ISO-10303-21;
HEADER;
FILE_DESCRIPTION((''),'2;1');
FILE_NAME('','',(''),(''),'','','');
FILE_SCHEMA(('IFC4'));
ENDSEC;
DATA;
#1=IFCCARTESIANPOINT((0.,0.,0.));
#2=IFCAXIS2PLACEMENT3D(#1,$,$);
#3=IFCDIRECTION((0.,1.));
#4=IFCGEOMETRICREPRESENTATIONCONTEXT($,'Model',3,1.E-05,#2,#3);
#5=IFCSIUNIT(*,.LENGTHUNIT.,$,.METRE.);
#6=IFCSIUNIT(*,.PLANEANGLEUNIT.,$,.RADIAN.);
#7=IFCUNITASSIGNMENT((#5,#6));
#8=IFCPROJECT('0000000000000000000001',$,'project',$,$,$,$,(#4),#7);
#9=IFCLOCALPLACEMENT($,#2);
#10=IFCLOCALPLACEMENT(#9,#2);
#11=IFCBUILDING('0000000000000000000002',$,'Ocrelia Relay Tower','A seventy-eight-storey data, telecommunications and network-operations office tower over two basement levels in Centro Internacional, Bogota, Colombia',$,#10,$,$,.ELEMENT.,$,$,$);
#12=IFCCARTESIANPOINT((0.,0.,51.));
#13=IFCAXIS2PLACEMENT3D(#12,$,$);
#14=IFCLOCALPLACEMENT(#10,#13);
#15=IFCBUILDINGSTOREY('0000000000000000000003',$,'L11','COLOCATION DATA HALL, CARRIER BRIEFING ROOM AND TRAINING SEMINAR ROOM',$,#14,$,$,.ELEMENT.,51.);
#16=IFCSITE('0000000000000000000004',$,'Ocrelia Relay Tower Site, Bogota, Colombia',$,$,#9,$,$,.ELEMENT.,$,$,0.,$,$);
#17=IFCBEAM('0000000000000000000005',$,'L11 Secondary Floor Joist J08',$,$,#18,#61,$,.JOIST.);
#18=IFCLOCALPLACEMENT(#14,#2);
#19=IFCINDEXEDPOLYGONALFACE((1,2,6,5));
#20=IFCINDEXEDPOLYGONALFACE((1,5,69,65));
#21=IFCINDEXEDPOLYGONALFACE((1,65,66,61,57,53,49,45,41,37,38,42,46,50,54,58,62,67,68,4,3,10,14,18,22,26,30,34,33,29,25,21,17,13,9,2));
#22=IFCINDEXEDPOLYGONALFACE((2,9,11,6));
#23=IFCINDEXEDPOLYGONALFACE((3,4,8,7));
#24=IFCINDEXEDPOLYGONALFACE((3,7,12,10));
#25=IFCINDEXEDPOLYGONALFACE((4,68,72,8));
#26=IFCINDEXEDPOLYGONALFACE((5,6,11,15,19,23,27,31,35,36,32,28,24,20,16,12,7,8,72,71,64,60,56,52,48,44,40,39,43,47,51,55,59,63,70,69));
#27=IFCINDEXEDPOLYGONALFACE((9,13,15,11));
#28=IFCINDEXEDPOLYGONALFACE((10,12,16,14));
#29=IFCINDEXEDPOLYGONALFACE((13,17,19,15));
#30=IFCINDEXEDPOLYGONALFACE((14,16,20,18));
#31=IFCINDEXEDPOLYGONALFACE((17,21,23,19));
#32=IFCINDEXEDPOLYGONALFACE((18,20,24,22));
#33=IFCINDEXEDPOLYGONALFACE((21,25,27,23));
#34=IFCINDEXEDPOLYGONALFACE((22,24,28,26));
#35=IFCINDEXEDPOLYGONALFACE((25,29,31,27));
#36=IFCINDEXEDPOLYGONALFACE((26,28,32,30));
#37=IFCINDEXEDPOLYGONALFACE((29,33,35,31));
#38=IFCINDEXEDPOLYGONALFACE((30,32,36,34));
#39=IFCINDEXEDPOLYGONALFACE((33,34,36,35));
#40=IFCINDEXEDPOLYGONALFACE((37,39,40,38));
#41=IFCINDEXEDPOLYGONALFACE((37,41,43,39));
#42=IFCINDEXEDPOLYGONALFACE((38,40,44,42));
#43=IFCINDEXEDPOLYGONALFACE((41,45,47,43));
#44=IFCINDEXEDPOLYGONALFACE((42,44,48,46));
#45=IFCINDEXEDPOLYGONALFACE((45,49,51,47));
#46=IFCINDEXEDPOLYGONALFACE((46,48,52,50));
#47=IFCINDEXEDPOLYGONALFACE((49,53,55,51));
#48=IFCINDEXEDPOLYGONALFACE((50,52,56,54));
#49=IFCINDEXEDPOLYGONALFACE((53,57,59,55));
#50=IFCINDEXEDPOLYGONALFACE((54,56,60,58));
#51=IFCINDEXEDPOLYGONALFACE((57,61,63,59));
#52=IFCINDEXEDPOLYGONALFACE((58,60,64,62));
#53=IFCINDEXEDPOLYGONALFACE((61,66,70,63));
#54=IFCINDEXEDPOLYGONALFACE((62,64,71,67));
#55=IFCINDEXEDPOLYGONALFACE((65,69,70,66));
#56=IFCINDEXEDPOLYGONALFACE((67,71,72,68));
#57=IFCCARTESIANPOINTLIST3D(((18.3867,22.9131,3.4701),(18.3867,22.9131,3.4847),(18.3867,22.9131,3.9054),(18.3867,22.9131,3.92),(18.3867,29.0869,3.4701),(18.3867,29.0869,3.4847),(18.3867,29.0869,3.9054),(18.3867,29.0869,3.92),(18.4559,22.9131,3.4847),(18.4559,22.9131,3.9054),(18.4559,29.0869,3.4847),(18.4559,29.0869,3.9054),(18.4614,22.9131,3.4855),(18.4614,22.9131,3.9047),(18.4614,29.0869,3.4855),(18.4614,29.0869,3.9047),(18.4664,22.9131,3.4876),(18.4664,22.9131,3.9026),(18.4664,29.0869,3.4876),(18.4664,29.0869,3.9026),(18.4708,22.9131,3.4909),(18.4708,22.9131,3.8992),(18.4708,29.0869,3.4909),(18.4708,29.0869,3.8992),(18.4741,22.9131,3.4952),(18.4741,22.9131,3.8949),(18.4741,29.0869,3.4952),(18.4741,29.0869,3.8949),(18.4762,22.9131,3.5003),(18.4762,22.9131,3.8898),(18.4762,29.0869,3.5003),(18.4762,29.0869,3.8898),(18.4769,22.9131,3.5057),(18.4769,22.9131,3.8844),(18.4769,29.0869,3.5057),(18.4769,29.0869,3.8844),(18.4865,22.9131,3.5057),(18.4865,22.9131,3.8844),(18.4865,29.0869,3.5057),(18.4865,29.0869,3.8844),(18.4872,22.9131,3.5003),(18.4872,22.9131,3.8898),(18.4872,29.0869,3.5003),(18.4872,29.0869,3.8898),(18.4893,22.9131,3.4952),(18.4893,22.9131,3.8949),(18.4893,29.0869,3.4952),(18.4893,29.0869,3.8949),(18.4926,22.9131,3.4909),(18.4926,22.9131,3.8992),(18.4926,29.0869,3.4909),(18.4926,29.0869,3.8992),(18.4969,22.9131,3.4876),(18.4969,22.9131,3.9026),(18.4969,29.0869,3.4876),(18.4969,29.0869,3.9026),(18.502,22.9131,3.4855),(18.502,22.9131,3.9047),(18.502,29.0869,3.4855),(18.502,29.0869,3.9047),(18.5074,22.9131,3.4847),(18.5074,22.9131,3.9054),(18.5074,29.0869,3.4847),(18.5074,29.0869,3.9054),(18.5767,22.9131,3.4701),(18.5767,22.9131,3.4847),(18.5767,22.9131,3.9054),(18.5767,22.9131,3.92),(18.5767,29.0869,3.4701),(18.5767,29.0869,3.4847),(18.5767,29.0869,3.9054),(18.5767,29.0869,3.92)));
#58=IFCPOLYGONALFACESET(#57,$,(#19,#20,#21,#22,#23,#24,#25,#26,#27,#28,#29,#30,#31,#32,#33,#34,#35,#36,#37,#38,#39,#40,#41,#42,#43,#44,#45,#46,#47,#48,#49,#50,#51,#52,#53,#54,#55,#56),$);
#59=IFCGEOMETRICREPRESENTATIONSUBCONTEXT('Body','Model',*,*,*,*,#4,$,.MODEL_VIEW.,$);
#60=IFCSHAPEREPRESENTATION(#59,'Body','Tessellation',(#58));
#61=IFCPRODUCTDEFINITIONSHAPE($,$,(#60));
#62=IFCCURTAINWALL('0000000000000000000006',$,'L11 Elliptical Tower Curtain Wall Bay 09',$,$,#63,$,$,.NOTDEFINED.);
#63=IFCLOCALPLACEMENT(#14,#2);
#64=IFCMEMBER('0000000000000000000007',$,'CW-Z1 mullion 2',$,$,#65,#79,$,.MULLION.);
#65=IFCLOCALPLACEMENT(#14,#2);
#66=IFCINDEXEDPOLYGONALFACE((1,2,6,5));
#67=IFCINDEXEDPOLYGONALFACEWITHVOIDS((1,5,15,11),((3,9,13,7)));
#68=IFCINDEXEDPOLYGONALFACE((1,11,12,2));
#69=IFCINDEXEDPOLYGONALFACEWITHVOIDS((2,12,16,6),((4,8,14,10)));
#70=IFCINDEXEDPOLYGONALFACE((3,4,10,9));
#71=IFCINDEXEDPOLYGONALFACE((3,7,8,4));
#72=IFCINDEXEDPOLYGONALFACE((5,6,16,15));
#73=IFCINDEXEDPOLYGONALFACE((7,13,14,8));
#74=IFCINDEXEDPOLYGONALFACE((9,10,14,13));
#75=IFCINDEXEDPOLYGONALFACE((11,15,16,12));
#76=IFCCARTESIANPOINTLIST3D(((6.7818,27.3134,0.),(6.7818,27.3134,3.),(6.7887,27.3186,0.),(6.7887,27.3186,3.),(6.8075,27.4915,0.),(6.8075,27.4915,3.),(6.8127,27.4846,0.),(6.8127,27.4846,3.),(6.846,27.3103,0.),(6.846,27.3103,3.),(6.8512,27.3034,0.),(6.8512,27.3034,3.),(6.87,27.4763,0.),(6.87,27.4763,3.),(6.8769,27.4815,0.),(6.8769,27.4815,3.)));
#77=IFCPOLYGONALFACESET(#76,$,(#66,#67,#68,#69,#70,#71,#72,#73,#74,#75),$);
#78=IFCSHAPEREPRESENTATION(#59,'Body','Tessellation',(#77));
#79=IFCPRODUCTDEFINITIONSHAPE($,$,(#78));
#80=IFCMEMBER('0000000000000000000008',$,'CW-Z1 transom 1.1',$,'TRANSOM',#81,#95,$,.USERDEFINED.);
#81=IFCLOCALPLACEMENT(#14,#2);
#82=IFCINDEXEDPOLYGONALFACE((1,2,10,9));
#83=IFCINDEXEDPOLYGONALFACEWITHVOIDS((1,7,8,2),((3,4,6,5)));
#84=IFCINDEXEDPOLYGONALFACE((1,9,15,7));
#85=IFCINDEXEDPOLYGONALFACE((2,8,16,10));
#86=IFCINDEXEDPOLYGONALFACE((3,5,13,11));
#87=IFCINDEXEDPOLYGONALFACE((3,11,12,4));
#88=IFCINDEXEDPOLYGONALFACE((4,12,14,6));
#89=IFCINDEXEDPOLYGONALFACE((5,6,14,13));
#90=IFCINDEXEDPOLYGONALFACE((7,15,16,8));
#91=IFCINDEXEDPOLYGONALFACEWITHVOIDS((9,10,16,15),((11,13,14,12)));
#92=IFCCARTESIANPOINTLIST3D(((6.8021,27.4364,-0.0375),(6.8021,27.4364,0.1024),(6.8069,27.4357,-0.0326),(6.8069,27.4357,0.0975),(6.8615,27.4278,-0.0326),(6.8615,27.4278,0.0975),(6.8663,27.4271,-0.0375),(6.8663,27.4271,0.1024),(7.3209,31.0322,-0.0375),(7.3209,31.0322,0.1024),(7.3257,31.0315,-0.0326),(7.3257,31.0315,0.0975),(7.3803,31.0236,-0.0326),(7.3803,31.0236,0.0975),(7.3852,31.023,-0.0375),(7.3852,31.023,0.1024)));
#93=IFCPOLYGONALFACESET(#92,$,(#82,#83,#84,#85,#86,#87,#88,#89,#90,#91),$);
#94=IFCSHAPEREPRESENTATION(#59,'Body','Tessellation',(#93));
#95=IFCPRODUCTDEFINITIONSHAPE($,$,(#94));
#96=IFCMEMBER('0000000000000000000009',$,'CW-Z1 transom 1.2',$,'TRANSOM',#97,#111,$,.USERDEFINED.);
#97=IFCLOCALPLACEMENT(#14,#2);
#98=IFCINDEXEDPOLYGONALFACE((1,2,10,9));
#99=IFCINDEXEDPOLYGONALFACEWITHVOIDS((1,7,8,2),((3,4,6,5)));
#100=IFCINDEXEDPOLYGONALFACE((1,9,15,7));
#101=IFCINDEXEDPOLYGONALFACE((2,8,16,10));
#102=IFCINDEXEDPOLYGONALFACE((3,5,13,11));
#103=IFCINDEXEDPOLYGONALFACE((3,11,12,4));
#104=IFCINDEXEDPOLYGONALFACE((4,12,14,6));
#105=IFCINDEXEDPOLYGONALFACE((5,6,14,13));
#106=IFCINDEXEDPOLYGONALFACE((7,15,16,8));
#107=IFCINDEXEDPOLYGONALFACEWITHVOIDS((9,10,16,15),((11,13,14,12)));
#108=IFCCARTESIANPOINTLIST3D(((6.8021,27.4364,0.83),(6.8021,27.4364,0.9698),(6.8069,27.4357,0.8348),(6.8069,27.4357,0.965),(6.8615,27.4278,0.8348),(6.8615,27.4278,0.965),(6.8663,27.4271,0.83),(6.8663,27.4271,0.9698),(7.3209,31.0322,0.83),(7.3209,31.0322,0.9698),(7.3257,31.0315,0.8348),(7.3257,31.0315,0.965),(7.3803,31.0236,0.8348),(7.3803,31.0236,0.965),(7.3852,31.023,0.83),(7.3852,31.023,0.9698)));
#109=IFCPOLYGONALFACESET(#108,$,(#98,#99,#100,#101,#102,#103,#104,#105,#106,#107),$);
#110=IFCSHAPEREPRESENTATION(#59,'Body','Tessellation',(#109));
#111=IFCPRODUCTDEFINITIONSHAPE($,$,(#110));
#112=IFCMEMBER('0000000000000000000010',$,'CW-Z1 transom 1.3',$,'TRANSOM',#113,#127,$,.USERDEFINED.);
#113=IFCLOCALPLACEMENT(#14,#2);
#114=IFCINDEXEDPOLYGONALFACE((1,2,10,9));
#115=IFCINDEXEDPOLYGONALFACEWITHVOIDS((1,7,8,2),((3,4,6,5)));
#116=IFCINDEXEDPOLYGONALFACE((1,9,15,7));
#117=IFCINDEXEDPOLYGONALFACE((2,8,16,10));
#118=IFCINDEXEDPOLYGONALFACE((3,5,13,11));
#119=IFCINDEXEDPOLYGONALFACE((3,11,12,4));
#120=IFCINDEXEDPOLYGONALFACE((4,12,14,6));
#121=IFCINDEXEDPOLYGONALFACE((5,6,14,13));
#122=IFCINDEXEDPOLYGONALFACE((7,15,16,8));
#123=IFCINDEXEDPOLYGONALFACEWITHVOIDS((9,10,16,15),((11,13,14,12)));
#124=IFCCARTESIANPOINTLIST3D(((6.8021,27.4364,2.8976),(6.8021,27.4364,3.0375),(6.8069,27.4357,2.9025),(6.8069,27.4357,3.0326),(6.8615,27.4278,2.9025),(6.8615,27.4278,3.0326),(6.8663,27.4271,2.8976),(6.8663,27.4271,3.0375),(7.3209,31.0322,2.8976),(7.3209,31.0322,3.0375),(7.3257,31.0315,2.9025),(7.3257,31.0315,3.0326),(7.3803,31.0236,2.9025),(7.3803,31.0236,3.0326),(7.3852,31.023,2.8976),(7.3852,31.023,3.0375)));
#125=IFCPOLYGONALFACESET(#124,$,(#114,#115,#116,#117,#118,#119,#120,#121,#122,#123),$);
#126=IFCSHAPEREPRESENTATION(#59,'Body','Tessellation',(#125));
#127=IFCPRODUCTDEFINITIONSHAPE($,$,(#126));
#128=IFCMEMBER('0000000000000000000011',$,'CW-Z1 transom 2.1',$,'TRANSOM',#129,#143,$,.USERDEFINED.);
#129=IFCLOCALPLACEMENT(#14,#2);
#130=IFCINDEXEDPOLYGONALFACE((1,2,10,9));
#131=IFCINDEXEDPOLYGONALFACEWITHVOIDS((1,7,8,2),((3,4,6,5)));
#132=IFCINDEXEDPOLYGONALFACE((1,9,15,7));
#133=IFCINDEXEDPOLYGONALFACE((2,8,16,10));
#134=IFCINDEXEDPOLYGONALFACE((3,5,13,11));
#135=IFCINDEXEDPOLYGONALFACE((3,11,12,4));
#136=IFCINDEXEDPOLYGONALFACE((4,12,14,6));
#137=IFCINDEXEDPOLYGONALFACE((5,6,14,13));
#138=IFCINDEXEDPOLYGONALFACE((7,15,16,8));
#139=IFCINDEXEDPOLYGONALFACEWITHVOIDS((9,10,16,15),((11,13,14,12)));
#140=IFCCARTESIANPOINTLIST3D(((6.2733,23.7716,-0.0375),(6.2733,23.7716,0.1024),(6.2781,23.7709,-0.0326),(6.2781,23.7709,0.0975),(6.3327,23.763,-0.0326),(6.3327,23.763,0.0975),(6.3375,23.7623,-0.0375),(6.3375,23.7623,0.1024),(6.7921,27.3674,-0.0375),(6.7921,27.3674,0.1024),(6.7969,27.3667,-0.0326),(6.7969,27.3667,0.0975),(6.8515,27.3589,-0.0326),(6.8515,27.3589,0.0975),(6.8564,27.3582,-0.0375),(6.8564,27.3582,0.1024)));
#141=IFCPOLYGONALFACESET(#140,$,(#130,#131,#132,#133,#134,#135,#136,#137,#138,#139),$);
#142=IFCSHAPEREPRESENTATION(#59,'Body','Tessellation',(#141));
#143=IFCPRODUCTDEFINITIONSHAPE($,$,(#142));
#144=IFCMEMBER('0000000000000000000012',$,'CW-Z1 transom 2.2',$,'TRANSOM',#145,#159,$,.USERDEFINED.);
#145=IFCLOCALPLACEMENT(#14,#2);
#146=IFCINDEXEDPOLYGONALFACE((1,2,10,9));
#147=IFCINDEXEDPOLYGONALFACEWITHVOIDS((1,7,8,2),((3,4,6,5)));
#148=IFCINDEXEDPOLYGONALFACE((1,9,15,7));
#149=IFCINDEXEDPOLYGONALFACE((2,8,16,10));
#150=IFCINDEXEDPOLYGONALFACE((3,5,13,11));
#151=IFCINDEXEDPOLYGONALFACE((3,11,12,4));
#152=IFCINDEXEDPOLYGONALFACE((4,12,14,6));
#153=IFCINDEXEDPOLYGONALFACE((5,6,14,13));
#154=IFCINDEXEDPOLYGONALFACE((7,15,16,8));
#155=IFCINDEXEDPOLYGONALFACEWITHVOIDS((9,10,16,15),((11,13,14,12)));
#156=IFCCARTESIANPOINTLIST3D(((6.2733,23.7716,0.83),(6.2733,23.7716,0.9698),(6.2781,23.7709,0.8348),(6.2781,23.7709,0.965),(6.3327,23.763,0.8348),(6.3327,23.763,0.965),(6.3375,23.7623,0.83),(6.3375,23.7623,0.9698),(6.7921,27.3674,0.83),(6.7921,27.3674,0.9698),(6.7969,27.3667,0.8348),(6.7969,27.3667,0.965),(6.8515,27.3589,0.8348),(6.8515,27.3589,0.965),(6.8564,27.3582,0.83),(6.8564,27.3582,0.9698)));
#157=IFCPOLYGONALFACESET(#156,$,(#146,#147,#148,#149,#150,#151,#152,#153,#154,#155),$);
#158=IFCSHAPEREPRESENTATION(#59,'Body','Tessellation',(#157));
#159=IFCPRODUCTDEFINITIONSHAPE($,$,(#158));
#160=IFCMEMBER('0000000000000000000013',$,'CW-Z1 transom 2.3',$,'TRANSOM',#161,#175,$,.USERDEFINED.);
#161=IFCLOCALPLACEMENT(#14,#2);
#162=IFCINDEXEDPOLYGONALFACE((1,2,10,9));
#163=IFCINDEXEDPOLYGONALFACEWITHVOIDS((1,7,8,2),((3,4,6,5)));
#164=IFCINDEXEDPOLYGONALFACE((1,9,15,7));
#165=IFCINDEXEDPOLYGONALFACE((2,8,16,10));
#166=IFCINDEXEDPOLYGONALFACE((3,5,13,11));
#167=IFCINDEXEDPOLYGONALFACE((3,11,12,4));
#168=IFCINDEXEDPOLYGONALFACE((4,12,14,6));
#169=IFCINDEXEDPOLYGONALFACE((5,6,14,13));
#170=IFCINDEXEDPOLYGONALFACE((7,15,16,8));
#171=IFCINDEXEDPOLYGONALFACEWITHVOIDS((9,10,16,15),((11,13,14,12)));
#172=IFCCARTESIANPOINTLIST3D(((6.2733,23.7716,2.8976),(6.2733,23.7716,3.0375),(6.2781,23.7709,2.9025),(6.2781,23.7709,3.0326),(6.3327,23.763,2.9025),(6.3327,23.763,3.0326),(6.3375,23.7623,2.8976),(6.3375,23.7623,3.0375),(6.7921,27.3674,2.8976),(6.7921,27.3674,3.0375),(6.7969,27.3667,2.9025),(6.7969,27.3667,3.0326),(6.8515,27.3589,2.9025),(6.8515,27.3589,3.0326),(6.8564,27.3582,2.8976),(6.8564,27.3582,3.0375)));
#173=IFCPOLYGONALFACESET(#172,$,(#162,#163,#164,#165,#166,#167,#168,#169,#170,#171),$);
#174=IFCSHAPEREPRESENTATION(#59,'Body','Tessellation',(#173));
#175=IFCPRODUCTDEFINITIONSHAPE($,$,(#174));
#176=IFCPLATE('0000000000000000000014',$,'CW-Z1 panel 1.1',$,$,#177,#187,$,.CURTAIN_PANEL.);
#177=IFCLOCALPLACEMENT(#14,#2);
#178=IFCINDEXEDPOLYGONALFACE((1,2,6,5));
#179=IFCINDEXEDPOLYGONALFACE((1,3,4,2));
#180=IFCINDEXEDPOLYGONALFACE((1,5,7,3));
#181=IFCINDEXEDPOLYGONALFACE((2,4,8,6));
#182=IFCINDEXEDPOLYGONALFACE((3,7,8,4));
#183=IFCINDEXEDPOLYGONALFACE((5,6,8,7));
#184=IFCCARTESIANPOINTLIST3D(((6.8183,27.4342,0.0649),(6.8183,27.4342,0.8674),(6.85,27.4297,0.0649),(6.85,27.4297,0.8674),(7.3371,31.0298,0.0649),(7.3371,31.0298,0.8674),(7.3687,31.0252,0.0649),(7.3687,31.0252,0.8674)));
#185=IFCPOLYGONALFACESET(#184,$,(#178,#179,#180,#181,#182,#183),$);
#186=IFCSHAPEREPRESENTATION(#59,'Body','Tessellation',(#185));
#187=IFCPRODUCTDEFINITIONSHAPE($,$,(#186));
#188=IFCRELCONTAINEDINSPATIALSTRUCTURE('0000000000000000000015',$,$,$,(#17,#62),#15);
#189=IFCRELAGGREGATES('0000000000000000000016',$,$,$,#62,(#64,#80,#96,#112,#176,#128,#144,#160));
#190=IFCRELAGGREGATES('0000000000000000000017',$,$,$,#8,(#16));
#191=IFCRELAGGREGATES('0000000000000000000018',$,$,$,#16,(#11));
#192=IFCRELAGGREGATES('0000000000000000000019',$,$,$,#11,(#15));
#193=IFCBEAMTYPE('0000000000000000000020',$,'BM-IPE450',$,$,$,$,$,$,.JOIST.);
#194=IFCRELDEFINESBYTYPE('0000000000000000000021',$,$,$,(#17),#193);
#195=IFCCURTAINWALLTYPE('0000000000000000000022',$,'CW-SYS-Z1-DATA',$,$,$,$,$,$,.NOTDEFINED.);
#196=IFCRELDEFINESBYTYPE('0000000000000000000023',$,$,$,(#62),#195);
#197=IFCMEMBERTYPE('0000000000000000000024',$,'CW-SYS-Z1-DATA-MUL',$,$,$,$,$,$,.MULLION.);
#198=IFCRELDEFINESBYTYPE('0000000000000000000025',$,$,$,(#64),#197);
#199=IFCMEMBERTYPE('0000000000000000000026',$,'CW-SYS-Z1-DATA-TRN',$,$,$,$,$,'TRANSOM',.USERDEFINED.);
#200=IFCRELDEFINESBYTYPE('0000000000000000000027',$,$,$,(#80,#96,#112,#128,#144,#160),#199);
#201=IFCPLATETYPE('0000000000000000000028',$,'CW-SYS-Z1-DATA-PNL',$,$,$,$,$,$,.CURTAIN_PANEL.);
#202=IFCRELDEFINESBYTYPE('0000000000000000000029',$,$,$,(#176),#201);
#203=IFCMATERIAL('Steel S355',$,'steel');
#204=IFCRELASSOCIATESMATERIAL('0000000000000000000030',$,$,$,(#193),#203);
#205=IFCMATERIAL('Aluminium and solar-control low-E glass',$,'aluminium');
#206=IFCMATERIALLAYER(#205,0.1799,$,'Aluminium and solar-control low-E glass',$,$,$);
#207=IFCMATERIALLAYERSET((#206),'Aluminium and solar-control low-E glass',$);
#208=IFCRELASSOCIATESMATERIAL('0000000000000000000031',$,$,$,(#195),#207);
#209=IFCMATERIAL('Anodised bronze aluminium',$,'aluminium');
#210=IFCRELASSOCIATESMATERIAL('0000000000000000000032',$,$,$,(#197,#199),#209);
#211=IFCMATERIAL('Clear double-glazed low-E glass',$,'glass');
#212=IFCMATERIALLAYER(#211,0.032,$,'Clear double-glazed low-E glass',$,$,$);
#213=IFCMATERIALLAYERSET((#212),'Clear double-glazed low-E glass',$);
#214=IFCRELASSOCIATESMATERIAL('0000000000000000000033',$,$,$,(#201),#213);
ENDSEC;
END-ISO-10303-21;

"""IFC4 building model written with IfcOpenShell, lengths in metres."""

from ifc_helpers import new_model, si_unit, direction, frame, origin, origin_2d, place, context, subcontext, project, spatial, rectangle, hollow_rectangle, i_section, extrude, material, layer, layer_set, material_profile, profile_set, type_object, element, aggregate, save


model = new_model("IFC4")

# Units and contexts
model_context = context("Model", 3, precision=1e-05, world=origin(), true_north=direction((0.0, 1.0)))
body_context = subcontext(model_context, "Body", "Model", "MODEL_VIEW")
ifc_project = project(units=[si_unit("LENGTHUNIT", "METRE"), si_unit("PLANEANGLEUNIT", "RADIAN")], contexts=[model_context])

# Site, building, storey
site_placement = place(None, origin())
site = spatial("IfcSite", under=ifc_project, at=site_placement, Name="Ocrelia Relay Tower Site, Bogota, Colombia", CompositionType="ELEMENT", RefElevation=0.0)
building_placement = place(site_placement, origin())
building = spatial("IfcBuilding", under=site, at=building_placement, Name="Ocrelia Relay Tower", Description="A seventy-eight-storey data, telecommunications and network-operations office tower over two basement levels in Centro Internacional, Bogota, Colombia", CompositionType="ELEMENT")
storey_placement = place(building_placement, frame((0.0, 0.0, 51.0)))
storey = spatial("IfcBuildingStorey", under=building, at=storey_placement, Name="L11", Description="COLOCATION DATA HALL, CARRIER BRIEFING ROOM AND TRAINING SEMINAR ROOM", CompositionType="ELEMENT", Elevation=51.0)

# Beam
ifc_material_1 = material(Name="Steel S355", Category="steel")
ifc_material_profile_1 = material_profile(ifc_material_1, i_section(OverallWidth=0.1899, OverallDepth=0.45, WebThickness=0.0095, FlangeThickness=0.0146, FilletRadius=0.021, at=origin_2d()), Name="IPE 450")
ifc_profile_set_1 = profile_set([ifc_material_profile_1], Name="Steel S355")
beam_type_1 = type_object("IfcBeamType", Name="BM-IPE450", PredefinedType="JOIST", material=ifc_profile_set_1)
beam_1_placement = place(storey_placement, frame((18.4817, 29.0869, 3.6951), z_axis=(0.0, -1.0, 0.0), x_axis=(1.0, 0.0, 0.0)))
element("IfcBeam", 1, at=beam_1_placement, inside=storey, type_object=beam_type_1, Name="L11 Secondary Floor Joist J08", PredefinedType="JOIST", context=body_context, shape_type="SweptSolid", body=[
    extrude(i_section(OverallWidth=0.1899, OverallDepth=0.45, WebThickness=0.0095, FlangeThickness=0.0146, FilletRadius=0.021, at=origin_2d()), origin(), (0.0, 0.0, 1.0), 6.1738),
])

# Curtain wall, members, plate
ifc_material_2 = material(Name="Aluminium and solar-control low-E glass", Category="aluminium")
ifc_layer_1 = layer(ifc_material_2, 0.1799, Name="Aluminium and solar-control low-E glass")
ifc_layer_set_1 = layer_set([ifc_layer_1], Name="Aluminium and solar-control low-E glass")
curtain_wall_type = type_object("IfcCurtainWallType", Name="CW-SYS-Z1-DATA", PredefinedType="NOTDEFINED", material=ifc_layer_set_1)
curtain_wall_placement = place(storey_placement, origin())
curtain_wall = element("IfcCurtainWall", 2, at=curtain_wall_placement, inside=storey, type_object=curtain_wall_type, Name="L11 Elliptical Tower Curtain Wall Bay 09", PredefinedType="NOTDEFINED")
ifc_material_3 = material(Name="Anodised bronze aluminium", Category="aluminium")
ifc_material_profile_2 = material_profile(ifc_material_3, hollow_rectangle(XDim=0.0701, YDim=0.1799, WallThickness=0.0061, at=origin_2d()), Name="CW-MUL-180x70")
ifc_profile_set_2 = profile_set([ifc_material_profile_2], Name="Anodised bronze aluminium")
member_type_1 = type_object("IfcMemberType", Name="CW-SYS-Z1-DATA-MUL", PredefinedType="MULLION", material=ifc_profile_set_2)
member_1_placement = place(storey_placement, frame((6.8293, 27.3975, 0.0), z_axis=(0.0, 0.0, 1.0), x_axis=(0.989752, -0.1428, 0.0)))
member_1 = element("IfcMember", 3, at=member_1_placement, type_object=member_type_1, Name="CW-Z1 mullion 2", PredefinedType="MULLION", context=body_context, shape_type="SweptSolid", body=[
    extrude(hollow_rectangle(XDim=0.0701, YDim=0.1799, WallThickness=0.0061, at=origin_2d()), origin(), (0.0, 0.0, 1.0), 3.0),
])
ifc_material_profile_3 = material_profile(ifc_material_3, hollow_rectangle(XDim=0.0649, YDim=0.1399, WallThickness=0.0049, at=origin_2d()), Name="CW-TRN-140x65")
ifc_profile_set_3 = profile_set([ifc_material_profile_3], Name="Anodised bronze aluminium")
member_type_2 = type_object("IfcMemberType", Name="CW-SYS-Z1-DATA-TRN", ElementType="TRANSOM", PredefinedType="USERDEFINED", material=ifc_profile_set_3)
member_2_placement = place(storey_placement, frame((7.353, 31.0276, 0.0325), z_axis=(-0.142804, -0.989751, 0.0), x_axis=(0.989751, -0.142804, 0.0)))
member_2 = element("IfcMember", 4, at=member_2_placement, type_object=member_type_2, Name="CW-Z1 transom 1.1", ObjectType="TRANSOM", PredefinedType="USERDEFINED", context=body_context, shape_type="SweptSolid", body=[
    extrude(hollow_rectangle(XDim=0.0649, YDim=0.1399, WallThickness=0.0049, at=origin_2d()), origin(), (0.0, 0.0, 1.0), 3.6331),
])
member_3_placement = place(storey_placement, frame((7.353, 31.0276, 0.8999), z_axis=(-0.142804, -0.989751, 0.0), x_axis=(0.989751, -0.142804, 0.0)))
member_3 = element("IfcMember", 5, at=member_3_placement, type_object=member_type_2, Name="CW-Z1 transom 1.2", ObjectType="TRANSOM", PredefinedType="USERDEFINED", context=body_context, shape_type="SweptSolid", body=[
    extrude(hollow_rectangle(XDim=0.0649, YDim=0.1399, WallThickness=0.0049, at=origin_2d()), origin(), (0.0, 0.0, 1.0), 3.6331),
])
member_4_placement = place(storey_placement, frame((7.353, 31.0276, 2.9675), z_axis=(-0.142804, -0.989751, 0.0), x_axis=(0.989751, -0.142804, 0.0)))
member_4 = element("IfcMember", 6, at=member_4_placement, type_object=member_type_2, Name="CW-Z1 transom 1.3", ObjectType="TRANSOM", PredefinedType="USERDEFINED", context=body_context, shape_type="SweptSolid", body=[
    extrude(hollow_rectangle(XDim=0.0649, YDim=0.1399, WallThickness=0.0049, at=origin_2d()), origin(), (0.0, 0.0, 1.0), 3.6331),
])
member_5_placement = place(storey_placement, frame((6.8242, 27.3628, 0.0325), z_axis=(-0.142804, -0.989751, 0.0), x_axis=(0.989751, -0.142804, 0.0)))
member_5 = element("IfcMember", 7, at=member_5_placement, type_object=member_type_2, Name="CW-Z1 transom 2.1", ObjectType="TRANSOM", PredefinedType="USERDEFINED", context=body_context, shape_type="SweptSolid", body=[
    extrude(hollow_rectangle(XDim=0.0649, YDim=0.1399, WallThickness=0.0049, at=origin_2d()), origin(), (0.0, 0.0, 1.0), 3.6331),
])
member_6_placement = place(storey_placement, frame((6.8242, 27.3628, 0.8999), z_axis=(-0.142804, -0.989751, 0.0), x_axis=(0.989751, -0.142804, 0.0)))
member_6 = element("IfcMember", 8, at=member_6_placement, type_object=member_type_2, Name="CW-Z1 transom 2.2", ObjectType="TRANSOM", PredefinedType="USERDEFINED", context=body_context, shape_type="SweptSolid", body=[
    extrude(hollow_rectangle(XDim=0.0649, YDim=0.1399, WallThickness=0.0049, at=origin_2d()), origin(), (0.0, 0.0, 1.0), 3.6331),
])
member_7_placement = place(storey_placement, frame((6.8242, 27.3628, 2.9675), z_axis=(-0.142804, -0.989751, 0.0), x_axis=(0.989751, -0.142804, 0.0)))
member_7 = element("IfcMember", 9, at=member_7_placement, type_object=member_type_2, Name="CW-Z1 transom 2.3", ObjectType="TRANSOM", PredefinedType="USERDEFINED", context=body_context, shape_type="SweptSolid", body=[
    extrude(hollow_rectangle(XDim=0.0649, YDim=0.1399, WallThickness=0.0049, at=origin_2d()), origin(), (0.0, 0.0, 1.0), 3.6331),
])
ifc_material_4 = material(Name="Clear double-glazed low-E glass", Category="glass")
ifc_layer_2 = layer(ifc_material_4, 0.032, Name="Clear double-glazed low-E glass")
ifc_layer_set_2 = layer_set([ifc_layer_2], Name="Clear double-glazed low-E glass")
plate_type = type_object("IfcPlateType", Name="CW-SYS-Z1-DATA-PNL", PredefinedType="CURTAIN_PANEL", material=ifc_layer_set_2)
plate_1_placement = place(storey_placement, frame((7.0935, 29.2297, 0.0649), z_axis=(0.0, 0.0, 1.0), x_axis=(-0.1428, -0.989752, 0.0)))
plate_1 = element("IfcPlate", 10, at=plate_1_placement, type_object=plate_type, Name="CW-Z1 panel 1.1", PredefinedType="CURTAIN_PANEL", context=body_context, shape_type="SweptSolid", body=[
    extrude(rectangle(XDim=3.6328, YDim=0.032, at=origin_2d()), origin(), (0.0, 0.0, 1.0), 0.8025),
])
aggregate(curtain_wall, [member_1, member_2, member_3, member_4, plate_1, member_5, member_6, member_7])

save(model, "model.ifc")
